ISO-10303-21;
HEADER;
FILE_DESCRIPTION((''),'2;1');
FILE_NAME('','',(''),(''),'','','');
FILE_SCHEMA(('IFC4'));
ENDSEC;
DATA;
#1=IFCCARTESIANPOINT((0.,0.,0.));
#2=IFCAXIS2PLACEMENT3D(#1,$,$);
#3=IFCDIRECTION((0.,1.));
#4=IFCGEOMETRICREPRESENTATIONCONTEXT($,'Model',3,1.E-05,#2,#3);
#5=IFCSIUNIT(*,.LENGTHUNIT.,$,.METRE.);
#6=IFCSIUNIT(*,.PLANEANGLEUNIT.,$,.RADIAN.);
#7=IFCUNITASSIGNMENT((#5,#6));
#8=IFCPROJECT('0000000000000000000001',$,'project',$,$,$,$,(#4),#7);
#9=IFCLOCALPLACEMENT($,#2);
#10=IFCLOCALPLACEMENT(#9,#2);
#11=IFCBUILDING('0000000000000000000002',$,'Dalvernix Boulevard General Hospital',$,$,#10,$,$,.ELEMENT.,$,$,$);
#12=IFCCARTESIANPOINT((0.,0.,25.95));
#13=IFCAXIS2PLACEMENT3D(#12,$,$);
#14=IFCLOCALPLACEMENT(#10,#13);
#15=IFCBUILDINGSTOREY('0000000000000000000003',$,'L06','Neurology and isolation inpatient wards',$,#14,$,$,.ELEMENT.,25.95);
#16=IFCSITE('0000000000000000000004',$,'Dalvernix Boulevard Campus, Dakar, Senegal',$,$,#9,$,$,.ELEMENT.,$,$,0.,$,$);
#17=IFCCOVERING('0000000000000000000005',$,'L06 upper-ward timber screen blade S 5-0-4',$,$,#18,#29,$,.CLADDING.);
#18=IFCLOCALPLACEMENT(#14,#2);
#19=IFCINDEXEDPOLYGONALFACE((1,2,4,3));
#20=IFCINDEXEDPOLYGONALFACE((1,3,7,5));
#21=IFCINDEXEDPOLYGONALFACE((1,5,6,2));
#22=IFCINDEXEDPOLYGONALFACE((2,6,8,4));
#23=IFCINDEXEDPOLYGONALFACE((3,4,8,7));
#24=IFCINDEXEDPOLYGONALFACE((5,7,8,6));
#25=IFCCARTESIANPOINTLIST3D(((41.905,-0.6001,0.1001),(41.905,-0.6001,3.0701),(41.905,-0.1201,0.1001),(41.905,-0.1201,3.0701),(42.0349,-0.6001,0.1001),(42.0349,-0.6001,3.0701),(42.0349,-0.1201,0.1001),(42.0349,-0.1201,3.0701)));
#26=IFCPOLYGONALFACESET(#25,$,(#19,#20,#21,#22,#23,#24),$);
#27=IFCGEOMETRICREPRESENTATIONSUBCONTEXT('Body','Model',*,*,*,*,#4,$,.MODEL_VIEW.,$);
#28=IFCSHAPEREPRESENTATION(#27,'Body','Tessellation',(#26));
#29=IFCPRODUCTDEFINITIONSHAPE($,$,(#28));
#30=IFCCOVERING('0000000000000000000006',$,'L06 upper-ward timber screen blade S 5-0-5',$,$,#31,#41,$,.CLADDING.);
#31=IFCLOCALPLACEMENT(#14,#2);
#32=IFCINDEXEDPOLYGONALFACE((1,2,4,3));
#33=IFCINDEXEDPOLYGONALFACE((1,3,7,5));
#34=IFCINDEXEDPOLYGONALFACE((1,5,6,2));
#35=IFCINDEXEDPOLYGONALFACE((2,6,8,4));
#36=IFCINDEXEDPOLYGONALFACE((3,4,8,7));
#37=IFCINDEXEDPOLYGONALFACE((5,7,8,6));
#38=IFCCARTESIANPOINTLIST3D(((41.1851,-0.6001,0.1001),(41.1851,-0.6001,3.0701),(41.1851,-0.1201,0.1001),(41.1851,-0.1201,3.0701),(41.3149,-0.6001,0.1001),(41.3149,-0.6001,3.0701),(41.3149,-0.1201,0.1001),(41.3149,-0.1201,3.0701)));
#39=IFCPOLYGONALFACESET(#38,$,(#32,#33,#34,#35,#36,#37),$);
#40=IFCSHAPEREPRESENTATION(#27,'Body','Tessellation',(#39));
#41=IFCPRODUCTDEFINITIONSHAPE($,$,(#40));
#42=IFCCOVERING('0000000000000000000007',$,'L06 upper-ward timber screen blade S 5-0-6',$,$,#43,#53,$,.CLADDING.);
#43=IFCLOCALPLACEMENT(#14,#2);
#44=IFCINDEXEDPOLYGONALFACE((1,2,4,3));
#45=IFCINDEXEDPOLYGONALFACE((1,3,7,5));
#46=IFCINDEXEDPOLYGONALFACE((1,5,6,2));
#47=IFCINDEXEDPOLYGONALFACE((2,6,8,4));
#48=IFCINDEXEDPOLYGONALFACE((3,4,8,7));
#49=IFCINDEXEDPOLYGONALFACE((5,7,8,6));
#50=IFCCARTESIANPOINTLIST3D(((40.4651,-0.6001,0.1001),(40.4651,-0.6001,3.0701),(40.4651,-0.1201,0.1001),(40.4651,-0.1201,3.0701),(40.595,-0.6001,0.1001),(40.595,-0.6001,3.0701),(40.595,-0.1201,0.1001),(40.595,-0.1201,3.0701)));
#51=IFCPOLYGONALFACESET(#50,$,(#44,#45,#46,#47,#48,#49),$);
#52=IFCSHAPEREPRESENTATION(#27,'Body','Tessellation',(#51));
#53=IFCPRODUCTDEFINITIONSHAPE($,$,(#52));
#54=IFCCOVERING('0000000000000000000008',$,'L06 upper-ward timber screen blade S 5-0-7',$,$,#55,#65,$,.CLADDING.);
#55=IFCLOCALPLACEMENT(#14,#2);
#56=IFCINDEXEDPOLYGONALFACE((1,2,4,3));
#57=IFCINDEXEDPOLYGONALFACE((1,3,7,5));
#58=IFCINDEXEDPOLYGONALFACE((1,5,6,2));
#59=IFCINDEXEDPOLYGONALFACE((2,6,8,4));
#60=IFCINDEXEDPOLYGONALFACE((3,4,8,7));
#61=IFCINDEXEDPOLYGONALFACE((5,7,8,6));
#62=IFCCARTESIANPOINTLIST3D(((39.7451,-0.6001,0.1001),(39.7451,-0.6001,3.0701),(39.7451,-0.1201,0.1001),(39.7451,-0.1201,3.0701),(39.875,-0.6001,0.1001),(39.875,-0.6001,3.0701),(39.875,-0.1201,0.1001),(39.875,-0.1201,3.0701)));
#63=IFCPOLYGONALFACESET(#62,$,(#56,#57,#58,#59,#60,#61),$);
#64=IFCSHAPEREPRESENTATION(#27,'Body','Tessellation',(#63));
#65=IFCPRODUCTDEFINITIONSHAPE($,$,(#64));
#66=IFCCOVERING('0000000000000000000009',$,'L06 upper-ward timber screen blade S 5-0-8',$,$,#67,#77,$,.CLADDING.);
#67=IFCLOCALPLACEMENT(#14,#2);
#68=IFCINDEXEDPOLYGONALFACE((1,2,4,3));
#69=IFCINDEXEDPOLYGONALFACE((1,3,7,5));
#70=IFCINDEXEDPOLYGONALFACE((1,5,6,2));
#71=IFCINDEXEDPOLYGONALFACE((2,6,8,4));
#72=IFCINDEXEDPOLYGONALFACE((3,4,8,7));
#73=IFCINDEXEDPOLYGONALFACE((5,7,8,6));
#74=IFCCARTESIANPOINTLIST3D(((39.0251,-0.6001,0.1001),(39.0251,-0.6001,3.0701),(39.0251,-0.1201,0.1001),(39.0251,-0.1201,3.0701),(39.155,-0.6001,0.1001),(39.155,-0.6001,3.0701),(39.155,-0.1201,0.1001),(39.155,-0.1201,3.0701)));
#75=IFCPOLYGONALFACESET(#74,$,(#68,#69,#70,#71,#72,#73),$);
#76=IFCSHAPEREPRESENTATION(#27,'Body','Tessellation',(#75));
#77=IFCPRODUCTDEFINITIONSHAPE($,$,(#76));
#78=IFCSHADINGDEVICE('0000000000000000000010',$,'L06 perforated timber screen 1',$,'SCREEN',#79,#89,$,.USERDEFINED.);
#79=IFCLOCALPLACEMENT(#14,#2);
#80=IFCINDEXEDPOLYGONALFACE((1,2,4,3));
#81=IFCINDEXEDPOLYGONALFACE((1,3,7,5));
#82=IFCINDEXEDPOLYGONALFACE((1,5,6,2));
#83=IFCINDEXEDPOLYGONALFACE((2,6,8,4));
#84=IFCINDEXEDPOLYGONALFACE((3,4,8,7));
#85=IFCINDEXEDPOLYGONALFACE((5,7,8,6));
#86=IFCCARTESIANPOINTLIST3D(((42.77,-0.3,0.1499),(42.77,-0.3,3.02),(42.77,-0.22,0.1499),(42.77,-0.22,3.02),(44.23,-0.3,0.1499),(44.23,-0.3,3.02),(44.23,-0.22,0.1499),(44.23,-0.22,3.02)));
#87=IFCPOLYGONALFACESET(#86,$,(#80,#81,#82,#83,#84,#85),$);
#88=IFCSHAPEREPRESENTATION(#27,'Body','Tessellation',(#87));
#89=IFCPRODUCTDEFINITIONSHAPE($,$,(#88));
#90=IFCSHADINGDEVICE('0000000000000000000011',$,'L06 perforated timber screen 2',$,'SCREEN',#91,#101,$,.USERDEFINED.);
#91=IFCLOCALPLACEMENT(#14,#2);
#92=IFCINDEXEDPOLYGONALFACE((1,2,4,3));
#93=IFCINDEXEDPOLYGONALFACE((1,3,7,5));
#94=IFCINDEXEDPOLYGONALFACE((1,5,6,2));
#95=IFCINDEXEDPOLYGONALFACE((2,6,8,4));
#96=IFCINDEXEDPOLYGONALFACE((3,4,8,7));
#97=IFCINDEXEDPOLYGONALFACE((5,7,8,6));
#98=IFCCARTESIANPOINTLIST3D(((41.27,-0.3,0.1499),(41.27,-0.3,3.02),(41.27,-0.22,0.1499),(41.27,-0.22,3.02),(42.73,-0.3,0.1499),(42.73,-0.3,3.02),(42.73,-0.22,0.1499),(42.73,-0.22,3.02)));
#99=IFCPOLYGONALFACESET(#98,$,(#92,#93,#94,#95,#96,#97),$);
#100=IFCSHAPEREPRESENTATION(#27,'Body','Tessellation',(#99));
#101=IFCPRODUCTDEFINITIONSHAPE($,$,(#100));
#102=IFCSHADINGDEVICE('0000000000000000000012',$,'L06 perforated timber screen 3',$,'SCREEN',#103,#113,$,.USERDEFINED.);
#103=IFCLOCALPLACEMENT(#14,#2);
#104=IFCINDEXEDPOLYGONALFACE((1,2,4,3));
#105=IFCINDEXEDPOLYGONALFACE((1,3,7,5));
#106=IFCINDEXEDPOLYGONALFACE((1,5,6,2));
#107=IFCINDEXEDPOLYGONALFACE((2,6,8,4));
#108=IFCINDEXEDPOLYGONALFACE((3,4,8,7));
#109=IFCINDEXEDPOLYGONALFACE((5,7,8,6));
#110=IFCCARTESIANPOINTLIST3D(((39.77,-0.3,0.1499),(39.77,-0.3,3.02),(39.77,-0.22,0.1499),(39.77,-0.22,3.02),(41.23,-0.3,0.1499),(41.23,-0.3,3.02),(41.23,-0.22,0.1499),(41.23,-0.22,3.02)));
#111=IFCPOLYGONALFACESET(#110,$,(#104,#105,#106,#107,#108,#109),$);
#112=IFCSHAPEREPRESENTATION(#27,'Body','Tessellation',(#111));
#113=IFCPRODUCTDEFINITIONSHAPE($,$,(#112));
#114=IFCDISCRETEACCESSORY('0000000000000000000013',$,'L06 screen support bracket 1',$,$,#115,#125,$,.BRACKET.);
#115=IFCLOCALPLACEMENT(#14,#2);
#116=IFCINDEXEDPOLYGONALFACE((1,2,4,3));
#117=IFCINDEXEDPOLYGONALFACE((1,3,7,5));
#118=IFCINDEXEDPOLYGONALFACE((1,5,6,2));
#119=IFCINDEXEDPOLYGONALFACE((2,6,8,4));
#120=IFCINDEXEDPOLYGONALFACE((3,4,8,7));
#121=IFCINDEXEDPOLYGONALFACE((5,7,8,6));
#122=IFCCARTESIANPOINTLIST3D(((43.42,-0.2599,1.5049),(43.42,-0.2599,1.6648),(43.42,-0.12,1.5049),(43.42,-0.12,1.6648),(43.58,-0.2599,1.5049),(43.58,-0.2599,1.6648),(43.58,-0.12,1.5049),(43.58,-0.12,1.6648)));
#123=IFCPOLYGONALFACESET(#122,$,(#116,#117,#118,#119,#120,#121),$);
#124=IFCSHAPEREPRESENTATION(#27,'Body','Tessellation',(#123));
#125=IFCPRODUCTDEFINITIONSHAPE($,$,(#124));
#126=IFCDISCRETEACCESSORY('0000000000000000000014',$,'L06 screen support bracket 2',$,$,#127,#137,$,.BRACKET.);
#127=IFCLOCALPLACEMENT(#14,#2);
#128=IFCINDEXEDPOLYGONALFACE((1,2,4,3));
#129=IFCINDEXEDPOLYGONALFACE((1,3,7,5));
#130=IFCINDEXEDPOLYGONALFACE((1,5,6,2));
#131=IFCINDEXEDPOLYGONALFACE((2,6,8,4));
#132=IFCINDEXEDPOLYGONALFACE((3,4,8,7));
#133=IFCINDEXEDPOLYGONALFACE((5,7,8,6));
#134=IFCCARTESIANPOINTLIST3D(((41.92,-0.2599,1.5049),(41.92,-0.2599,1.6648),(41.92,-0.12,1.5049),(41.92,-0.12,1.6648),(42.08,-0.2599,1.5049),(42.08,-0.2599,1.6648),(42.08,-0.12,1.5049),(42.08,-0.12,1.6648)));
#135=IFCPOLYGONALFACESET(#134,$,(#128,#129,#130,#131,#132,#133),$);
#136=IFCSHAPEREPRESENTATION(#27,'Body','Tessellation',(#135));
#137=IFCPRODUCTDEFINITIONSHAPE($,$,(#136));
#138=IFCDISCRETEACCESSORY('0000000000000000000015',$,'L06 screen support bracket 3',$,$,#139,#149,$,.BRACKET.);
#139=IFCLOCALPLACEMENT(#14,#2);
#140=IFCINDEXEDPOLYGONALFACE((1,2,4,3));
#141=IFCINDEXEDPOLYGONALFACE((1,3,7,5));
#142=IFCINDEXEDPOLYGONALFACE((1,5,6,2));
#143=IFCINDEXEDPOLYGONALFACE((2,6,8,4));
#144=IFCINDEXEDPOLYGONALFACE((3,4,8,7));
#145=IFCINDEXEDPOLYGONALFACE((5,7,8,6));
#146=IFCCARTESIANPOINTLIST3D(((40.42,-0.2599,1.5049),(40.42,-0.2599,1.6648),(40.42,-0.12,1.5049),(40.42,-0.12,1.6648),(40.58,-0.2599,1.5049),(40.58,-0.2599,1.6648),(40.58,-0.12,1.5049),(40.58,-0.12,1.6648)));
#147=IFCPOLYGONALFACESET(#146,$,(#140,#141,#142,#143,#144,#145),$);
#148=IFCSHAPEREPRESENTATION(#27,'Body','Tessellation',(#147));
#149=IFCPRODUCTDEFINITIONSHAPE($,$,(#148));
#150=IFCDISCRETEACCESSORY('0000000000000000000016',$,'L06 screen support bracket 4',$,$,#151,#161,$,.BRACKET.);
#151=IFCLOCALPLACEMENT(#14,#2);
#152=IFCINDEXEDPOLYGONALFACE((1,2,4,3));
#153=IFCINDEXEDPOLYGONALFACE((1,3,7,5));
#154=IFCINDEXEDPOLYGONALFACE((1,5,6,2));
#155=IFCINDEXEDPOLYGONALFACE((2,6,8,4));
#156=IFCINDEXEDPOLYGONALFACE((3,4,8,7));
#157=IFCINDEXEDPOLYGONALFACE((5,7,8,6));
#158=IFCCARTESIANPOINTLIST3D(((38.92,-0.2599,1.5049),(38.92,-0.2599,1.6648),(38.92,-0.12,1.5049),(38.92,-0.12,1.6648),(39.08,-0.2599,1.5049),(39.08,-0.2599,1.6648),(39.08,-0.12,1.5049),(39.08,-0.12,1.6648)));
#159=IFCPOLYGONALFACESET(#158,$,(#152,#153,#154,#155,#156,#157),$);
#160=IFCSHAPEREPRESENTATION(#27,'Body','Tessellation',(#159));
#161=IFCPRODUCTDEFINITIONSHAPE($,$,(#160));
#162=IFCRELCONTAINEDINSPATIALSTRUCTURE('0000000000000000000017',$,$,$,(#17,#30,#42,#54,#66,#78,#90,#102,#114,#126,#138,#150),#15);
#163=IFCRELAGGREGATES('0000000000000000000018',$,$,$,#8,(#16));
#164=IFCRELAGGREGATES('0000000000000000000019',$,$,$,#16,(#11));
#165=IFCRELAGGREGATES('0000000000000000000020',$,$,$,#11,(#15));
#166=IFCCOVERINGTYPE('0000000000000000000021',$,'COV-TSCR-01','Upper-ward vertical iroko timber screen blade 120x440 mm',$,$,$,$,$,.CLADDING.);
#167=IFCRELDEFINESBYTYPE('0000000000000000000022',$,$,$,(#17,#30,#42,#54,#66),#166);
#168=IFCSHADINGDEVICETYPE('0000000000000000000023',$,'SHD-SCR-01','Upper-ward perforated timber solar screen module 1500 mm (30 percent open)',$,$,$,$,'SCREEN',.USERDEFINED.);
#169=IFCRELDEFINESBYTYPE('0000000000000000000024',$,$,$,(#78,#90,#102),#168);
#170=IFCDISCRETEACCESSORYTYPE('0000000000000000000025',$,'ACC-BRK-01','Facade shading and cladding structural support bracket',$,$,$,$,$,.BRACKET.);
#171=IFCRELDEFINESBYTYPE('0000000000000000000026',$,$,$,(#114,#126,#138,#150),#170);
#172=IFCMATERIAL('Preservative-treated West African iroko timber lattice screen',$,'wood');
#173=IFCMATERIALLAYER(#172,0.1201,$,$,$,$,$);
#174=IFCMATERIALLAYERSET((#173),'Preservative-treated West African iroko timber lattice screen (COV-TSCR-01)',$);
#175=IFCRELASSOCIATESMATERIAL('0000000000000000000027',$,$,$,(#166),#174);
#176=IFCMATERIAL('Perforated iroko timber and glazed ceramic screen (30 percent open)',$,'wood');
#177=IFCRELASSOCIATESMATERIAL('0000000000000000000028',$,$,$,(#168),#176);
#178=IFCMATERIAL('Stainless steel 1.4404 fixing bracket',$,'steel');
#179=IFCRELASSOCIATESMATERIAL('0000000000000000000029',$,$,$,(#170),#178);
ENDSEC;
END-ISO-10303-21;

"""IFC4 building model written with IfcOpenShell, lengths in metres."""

from ifc_helpers import new_model, si_unit, direction, frame, origin, origin_2d, place, context, subcontext, project, spatial, rectangle, extrude, material, layer, layer_set, type_object, element, save


model = new_model("IFC4")

# Units and contexts
model_context = context("Model", 3, precision=1e-05, world=origin(), true_north=direction((0.0, 1.0)))
body_context = subcontext(model_context, "Body", "Model", "MODEL_VIEW")
ifc_project = project(units=[si_unit("LENGTHUNIT", "METRE"), si_unit("PLANEANGLEUNIT", "RADIAN")], contexts=[model_context])

# Site, building, storey
site_placement = place(None, origin())
site = spatial("IfcSite", under=ifc_project, at=site_placement, Name="Dalvernix Boulevard Campus, Dakar, Senegal", CompositionType="ELEMENT", RefElevation=0.0)
building_placement = place(site_placement, origin())
building = spatial("IfcBuilding", under=site, at=building_placement, Name="Dalvernix Boulevard General Hospital", CompositionType="ELEMENT")
storey_placement = place(building_placement, frame((0.0, 0.0, 25.95)))
storey = spatial("IfcBuildingStorey", under=building, at=storey_placement, Name="L06", Description="Neurology and isolation inpatient wards", CompositionType="ELEMENT", Elevation=25.95)

# Coverings
ifc_material_1 = material(Name="Preservative-treated West African iroko timber lattice screen", Category="wood")
ifc_layer_1 = layer(ifc_material_1, 0.1201)
ifc_layer_set_1 = layer_set([ifc_layer_1], Name="Preservative-treated West African iroko timber lattice screen (COV-TSCR-01)")
covering_type_1 = type_object("IfcCoveringType", Name="COV-TSCR-01", Description="Upper-ward vertical iroko timber screen blade 120x440 mm", PredefinedType="CLADDING", material=ifc_layer_set_1)
for number, where, z_axis, x_axis, name in (
    (1, (41.97, -0.3601, 0.1001), (0.0, 0.0, 1.0), (-1.0, 0.0, 0.0), "L06 upper-ward timber screen blade S 5-0-4"),
    (2, (41.25, -0.3601, 0.1001), (0.0, 0.0, 1.0), (-1.0, 0.0, 0.0), "L06 upper-ward timber screen blade S 5-0-5"),
    (3, (40.53, -0.3601, 0.1001), (0.0, 0.0, 1.0), (-1.0, 0.0, 0.0), "L06 upper-ward timber screen blade S 5-0-6"),
    (4, (39.8101, -0.3601, 0.1001), (0.0, 0.0, 1.0), (-1.0, 0.0, 0.0), "L06 upper-ward timber screen blade S 5-0-7"),
    (5, (39.0901, -0.3601, 0.1001), (0.0, 0.0, 1.0), (-1.0, 0.0, 0.0), "L06 upper-ward timber screen blade S 5-0-8"),
):
    element("IfcCovering", number, at=place(storey_placement, frame(where, z_axis=z_axis, x_axis=x_axis)), inside=storey, type_object=covering_type_1, Name=name, PredefinedType="CLADDING", context=body_context, shape_type="SweptSolid", body=[
        extrude(rectangle(XDim=0.1299, YDim=0.48, at=origin_2d()), origin(), (0.0, 0.0, 1.0), 2.97),
    ])

# Shading devices
ifc_material_2 = material(Name="Perforated iroko timber and glazed ceramic screen (30 percent open)", Category="wood")
shading_device_type = type_object("IfcShadingDeviceType", Name="SHD-SCR-01", Description="Upper-ward perforated timber solar screen module 1500 mm (30 percent open)", ElementType="SCREEN", PredefinedType="USERDEFINED", material=ifc_material_2)
for number, where, z_axis, x_axis, name in (
    (6, (43.5, -0.26, 0.1499), (0.0, 0.0, 1.0), (-1.0, 0.0, 0.0), "L06 perforated timber screen 1"),
    (7, (42.0, -0.26, 0.1499), (0.0, 0.0, 1.0), (-1.0, 0.0, 0.0), "L06 perforated timber screen 2"),
    (8, (40.5, -0.26, 0.1499), (0.0, 0.0, 1.0), (-1.0, 0.0, 0.0), "L06 perforated timber screen 3"),
):
    element("IfcShadingDevice", number, at=place(storey_placement, frame(where, z_axis=z_axis, x_axis=x_axis)), inside=storey, type_object=shading_device_type, Name=name, ObjectType="SCREEN", PredefinedType="USERDEFINED", context=body_context, shape_type="SweptSolid", body=[
        extrude(rectangle(XDim=1.46, YDim=0.0801, at=origin_2d()), origin(), (0.0, 0.0, 1.0), 2.8701),
    ])

# Discrete accessories
ifc_material_3 = material(Name="Stainless steel 1.4404 fixing bracket", Category="steel")
discrete_accessory_type = type_object("IfcDiscreteAccessoryType", Name="ACC-BRK-01", Description="Facade shading and cladding structural support bracket", PredefinedType="BRACKET", material=ifc_material_3)
for number, where, z_axis, x_axis, name in (
    (9, (43.5, -0.1899, 1.5049), (0.0, 0.0, 1.0), (-1.0, 0.0, 0.0), "L06 screen support bracket 1"),
    (10, (42.0, -0.1899, 1.5049), (0.0, 0.0, 1.0), (-1.0, 0.0, 0.0), "L06 screen support bracket 2"),
    (11, (40.5, -0.1899, 1.5049), (0.0, 0.0, 1.0), (-1.0, 0.0, 0.0), "L06 screen support bracket 3"),
    (12, (39.0, -0.1899, 1.5049), (0.0, 0.0, 1.0), (-1.0, 0.0, 0.0), "L06 screen support bracket 4"),
):
    element("IfcDiscreteAccessory", number, at=place(storey_placement, frame(where, z_axis=z_axis, x_axis=x_axis)), inside=storey, type_object=discrete_accessory_type, Name=name, PredefinedType="BRACKET", context=body_context, shape_type="SweptSolid", body=[
        extrude(rectangle(XDim=0.1599, YDim=0.1399, at=origin_2d()), origin(), (0.0, 0.0, 1.0), 0.1599),
    ])

save(model, "model.ifc")
